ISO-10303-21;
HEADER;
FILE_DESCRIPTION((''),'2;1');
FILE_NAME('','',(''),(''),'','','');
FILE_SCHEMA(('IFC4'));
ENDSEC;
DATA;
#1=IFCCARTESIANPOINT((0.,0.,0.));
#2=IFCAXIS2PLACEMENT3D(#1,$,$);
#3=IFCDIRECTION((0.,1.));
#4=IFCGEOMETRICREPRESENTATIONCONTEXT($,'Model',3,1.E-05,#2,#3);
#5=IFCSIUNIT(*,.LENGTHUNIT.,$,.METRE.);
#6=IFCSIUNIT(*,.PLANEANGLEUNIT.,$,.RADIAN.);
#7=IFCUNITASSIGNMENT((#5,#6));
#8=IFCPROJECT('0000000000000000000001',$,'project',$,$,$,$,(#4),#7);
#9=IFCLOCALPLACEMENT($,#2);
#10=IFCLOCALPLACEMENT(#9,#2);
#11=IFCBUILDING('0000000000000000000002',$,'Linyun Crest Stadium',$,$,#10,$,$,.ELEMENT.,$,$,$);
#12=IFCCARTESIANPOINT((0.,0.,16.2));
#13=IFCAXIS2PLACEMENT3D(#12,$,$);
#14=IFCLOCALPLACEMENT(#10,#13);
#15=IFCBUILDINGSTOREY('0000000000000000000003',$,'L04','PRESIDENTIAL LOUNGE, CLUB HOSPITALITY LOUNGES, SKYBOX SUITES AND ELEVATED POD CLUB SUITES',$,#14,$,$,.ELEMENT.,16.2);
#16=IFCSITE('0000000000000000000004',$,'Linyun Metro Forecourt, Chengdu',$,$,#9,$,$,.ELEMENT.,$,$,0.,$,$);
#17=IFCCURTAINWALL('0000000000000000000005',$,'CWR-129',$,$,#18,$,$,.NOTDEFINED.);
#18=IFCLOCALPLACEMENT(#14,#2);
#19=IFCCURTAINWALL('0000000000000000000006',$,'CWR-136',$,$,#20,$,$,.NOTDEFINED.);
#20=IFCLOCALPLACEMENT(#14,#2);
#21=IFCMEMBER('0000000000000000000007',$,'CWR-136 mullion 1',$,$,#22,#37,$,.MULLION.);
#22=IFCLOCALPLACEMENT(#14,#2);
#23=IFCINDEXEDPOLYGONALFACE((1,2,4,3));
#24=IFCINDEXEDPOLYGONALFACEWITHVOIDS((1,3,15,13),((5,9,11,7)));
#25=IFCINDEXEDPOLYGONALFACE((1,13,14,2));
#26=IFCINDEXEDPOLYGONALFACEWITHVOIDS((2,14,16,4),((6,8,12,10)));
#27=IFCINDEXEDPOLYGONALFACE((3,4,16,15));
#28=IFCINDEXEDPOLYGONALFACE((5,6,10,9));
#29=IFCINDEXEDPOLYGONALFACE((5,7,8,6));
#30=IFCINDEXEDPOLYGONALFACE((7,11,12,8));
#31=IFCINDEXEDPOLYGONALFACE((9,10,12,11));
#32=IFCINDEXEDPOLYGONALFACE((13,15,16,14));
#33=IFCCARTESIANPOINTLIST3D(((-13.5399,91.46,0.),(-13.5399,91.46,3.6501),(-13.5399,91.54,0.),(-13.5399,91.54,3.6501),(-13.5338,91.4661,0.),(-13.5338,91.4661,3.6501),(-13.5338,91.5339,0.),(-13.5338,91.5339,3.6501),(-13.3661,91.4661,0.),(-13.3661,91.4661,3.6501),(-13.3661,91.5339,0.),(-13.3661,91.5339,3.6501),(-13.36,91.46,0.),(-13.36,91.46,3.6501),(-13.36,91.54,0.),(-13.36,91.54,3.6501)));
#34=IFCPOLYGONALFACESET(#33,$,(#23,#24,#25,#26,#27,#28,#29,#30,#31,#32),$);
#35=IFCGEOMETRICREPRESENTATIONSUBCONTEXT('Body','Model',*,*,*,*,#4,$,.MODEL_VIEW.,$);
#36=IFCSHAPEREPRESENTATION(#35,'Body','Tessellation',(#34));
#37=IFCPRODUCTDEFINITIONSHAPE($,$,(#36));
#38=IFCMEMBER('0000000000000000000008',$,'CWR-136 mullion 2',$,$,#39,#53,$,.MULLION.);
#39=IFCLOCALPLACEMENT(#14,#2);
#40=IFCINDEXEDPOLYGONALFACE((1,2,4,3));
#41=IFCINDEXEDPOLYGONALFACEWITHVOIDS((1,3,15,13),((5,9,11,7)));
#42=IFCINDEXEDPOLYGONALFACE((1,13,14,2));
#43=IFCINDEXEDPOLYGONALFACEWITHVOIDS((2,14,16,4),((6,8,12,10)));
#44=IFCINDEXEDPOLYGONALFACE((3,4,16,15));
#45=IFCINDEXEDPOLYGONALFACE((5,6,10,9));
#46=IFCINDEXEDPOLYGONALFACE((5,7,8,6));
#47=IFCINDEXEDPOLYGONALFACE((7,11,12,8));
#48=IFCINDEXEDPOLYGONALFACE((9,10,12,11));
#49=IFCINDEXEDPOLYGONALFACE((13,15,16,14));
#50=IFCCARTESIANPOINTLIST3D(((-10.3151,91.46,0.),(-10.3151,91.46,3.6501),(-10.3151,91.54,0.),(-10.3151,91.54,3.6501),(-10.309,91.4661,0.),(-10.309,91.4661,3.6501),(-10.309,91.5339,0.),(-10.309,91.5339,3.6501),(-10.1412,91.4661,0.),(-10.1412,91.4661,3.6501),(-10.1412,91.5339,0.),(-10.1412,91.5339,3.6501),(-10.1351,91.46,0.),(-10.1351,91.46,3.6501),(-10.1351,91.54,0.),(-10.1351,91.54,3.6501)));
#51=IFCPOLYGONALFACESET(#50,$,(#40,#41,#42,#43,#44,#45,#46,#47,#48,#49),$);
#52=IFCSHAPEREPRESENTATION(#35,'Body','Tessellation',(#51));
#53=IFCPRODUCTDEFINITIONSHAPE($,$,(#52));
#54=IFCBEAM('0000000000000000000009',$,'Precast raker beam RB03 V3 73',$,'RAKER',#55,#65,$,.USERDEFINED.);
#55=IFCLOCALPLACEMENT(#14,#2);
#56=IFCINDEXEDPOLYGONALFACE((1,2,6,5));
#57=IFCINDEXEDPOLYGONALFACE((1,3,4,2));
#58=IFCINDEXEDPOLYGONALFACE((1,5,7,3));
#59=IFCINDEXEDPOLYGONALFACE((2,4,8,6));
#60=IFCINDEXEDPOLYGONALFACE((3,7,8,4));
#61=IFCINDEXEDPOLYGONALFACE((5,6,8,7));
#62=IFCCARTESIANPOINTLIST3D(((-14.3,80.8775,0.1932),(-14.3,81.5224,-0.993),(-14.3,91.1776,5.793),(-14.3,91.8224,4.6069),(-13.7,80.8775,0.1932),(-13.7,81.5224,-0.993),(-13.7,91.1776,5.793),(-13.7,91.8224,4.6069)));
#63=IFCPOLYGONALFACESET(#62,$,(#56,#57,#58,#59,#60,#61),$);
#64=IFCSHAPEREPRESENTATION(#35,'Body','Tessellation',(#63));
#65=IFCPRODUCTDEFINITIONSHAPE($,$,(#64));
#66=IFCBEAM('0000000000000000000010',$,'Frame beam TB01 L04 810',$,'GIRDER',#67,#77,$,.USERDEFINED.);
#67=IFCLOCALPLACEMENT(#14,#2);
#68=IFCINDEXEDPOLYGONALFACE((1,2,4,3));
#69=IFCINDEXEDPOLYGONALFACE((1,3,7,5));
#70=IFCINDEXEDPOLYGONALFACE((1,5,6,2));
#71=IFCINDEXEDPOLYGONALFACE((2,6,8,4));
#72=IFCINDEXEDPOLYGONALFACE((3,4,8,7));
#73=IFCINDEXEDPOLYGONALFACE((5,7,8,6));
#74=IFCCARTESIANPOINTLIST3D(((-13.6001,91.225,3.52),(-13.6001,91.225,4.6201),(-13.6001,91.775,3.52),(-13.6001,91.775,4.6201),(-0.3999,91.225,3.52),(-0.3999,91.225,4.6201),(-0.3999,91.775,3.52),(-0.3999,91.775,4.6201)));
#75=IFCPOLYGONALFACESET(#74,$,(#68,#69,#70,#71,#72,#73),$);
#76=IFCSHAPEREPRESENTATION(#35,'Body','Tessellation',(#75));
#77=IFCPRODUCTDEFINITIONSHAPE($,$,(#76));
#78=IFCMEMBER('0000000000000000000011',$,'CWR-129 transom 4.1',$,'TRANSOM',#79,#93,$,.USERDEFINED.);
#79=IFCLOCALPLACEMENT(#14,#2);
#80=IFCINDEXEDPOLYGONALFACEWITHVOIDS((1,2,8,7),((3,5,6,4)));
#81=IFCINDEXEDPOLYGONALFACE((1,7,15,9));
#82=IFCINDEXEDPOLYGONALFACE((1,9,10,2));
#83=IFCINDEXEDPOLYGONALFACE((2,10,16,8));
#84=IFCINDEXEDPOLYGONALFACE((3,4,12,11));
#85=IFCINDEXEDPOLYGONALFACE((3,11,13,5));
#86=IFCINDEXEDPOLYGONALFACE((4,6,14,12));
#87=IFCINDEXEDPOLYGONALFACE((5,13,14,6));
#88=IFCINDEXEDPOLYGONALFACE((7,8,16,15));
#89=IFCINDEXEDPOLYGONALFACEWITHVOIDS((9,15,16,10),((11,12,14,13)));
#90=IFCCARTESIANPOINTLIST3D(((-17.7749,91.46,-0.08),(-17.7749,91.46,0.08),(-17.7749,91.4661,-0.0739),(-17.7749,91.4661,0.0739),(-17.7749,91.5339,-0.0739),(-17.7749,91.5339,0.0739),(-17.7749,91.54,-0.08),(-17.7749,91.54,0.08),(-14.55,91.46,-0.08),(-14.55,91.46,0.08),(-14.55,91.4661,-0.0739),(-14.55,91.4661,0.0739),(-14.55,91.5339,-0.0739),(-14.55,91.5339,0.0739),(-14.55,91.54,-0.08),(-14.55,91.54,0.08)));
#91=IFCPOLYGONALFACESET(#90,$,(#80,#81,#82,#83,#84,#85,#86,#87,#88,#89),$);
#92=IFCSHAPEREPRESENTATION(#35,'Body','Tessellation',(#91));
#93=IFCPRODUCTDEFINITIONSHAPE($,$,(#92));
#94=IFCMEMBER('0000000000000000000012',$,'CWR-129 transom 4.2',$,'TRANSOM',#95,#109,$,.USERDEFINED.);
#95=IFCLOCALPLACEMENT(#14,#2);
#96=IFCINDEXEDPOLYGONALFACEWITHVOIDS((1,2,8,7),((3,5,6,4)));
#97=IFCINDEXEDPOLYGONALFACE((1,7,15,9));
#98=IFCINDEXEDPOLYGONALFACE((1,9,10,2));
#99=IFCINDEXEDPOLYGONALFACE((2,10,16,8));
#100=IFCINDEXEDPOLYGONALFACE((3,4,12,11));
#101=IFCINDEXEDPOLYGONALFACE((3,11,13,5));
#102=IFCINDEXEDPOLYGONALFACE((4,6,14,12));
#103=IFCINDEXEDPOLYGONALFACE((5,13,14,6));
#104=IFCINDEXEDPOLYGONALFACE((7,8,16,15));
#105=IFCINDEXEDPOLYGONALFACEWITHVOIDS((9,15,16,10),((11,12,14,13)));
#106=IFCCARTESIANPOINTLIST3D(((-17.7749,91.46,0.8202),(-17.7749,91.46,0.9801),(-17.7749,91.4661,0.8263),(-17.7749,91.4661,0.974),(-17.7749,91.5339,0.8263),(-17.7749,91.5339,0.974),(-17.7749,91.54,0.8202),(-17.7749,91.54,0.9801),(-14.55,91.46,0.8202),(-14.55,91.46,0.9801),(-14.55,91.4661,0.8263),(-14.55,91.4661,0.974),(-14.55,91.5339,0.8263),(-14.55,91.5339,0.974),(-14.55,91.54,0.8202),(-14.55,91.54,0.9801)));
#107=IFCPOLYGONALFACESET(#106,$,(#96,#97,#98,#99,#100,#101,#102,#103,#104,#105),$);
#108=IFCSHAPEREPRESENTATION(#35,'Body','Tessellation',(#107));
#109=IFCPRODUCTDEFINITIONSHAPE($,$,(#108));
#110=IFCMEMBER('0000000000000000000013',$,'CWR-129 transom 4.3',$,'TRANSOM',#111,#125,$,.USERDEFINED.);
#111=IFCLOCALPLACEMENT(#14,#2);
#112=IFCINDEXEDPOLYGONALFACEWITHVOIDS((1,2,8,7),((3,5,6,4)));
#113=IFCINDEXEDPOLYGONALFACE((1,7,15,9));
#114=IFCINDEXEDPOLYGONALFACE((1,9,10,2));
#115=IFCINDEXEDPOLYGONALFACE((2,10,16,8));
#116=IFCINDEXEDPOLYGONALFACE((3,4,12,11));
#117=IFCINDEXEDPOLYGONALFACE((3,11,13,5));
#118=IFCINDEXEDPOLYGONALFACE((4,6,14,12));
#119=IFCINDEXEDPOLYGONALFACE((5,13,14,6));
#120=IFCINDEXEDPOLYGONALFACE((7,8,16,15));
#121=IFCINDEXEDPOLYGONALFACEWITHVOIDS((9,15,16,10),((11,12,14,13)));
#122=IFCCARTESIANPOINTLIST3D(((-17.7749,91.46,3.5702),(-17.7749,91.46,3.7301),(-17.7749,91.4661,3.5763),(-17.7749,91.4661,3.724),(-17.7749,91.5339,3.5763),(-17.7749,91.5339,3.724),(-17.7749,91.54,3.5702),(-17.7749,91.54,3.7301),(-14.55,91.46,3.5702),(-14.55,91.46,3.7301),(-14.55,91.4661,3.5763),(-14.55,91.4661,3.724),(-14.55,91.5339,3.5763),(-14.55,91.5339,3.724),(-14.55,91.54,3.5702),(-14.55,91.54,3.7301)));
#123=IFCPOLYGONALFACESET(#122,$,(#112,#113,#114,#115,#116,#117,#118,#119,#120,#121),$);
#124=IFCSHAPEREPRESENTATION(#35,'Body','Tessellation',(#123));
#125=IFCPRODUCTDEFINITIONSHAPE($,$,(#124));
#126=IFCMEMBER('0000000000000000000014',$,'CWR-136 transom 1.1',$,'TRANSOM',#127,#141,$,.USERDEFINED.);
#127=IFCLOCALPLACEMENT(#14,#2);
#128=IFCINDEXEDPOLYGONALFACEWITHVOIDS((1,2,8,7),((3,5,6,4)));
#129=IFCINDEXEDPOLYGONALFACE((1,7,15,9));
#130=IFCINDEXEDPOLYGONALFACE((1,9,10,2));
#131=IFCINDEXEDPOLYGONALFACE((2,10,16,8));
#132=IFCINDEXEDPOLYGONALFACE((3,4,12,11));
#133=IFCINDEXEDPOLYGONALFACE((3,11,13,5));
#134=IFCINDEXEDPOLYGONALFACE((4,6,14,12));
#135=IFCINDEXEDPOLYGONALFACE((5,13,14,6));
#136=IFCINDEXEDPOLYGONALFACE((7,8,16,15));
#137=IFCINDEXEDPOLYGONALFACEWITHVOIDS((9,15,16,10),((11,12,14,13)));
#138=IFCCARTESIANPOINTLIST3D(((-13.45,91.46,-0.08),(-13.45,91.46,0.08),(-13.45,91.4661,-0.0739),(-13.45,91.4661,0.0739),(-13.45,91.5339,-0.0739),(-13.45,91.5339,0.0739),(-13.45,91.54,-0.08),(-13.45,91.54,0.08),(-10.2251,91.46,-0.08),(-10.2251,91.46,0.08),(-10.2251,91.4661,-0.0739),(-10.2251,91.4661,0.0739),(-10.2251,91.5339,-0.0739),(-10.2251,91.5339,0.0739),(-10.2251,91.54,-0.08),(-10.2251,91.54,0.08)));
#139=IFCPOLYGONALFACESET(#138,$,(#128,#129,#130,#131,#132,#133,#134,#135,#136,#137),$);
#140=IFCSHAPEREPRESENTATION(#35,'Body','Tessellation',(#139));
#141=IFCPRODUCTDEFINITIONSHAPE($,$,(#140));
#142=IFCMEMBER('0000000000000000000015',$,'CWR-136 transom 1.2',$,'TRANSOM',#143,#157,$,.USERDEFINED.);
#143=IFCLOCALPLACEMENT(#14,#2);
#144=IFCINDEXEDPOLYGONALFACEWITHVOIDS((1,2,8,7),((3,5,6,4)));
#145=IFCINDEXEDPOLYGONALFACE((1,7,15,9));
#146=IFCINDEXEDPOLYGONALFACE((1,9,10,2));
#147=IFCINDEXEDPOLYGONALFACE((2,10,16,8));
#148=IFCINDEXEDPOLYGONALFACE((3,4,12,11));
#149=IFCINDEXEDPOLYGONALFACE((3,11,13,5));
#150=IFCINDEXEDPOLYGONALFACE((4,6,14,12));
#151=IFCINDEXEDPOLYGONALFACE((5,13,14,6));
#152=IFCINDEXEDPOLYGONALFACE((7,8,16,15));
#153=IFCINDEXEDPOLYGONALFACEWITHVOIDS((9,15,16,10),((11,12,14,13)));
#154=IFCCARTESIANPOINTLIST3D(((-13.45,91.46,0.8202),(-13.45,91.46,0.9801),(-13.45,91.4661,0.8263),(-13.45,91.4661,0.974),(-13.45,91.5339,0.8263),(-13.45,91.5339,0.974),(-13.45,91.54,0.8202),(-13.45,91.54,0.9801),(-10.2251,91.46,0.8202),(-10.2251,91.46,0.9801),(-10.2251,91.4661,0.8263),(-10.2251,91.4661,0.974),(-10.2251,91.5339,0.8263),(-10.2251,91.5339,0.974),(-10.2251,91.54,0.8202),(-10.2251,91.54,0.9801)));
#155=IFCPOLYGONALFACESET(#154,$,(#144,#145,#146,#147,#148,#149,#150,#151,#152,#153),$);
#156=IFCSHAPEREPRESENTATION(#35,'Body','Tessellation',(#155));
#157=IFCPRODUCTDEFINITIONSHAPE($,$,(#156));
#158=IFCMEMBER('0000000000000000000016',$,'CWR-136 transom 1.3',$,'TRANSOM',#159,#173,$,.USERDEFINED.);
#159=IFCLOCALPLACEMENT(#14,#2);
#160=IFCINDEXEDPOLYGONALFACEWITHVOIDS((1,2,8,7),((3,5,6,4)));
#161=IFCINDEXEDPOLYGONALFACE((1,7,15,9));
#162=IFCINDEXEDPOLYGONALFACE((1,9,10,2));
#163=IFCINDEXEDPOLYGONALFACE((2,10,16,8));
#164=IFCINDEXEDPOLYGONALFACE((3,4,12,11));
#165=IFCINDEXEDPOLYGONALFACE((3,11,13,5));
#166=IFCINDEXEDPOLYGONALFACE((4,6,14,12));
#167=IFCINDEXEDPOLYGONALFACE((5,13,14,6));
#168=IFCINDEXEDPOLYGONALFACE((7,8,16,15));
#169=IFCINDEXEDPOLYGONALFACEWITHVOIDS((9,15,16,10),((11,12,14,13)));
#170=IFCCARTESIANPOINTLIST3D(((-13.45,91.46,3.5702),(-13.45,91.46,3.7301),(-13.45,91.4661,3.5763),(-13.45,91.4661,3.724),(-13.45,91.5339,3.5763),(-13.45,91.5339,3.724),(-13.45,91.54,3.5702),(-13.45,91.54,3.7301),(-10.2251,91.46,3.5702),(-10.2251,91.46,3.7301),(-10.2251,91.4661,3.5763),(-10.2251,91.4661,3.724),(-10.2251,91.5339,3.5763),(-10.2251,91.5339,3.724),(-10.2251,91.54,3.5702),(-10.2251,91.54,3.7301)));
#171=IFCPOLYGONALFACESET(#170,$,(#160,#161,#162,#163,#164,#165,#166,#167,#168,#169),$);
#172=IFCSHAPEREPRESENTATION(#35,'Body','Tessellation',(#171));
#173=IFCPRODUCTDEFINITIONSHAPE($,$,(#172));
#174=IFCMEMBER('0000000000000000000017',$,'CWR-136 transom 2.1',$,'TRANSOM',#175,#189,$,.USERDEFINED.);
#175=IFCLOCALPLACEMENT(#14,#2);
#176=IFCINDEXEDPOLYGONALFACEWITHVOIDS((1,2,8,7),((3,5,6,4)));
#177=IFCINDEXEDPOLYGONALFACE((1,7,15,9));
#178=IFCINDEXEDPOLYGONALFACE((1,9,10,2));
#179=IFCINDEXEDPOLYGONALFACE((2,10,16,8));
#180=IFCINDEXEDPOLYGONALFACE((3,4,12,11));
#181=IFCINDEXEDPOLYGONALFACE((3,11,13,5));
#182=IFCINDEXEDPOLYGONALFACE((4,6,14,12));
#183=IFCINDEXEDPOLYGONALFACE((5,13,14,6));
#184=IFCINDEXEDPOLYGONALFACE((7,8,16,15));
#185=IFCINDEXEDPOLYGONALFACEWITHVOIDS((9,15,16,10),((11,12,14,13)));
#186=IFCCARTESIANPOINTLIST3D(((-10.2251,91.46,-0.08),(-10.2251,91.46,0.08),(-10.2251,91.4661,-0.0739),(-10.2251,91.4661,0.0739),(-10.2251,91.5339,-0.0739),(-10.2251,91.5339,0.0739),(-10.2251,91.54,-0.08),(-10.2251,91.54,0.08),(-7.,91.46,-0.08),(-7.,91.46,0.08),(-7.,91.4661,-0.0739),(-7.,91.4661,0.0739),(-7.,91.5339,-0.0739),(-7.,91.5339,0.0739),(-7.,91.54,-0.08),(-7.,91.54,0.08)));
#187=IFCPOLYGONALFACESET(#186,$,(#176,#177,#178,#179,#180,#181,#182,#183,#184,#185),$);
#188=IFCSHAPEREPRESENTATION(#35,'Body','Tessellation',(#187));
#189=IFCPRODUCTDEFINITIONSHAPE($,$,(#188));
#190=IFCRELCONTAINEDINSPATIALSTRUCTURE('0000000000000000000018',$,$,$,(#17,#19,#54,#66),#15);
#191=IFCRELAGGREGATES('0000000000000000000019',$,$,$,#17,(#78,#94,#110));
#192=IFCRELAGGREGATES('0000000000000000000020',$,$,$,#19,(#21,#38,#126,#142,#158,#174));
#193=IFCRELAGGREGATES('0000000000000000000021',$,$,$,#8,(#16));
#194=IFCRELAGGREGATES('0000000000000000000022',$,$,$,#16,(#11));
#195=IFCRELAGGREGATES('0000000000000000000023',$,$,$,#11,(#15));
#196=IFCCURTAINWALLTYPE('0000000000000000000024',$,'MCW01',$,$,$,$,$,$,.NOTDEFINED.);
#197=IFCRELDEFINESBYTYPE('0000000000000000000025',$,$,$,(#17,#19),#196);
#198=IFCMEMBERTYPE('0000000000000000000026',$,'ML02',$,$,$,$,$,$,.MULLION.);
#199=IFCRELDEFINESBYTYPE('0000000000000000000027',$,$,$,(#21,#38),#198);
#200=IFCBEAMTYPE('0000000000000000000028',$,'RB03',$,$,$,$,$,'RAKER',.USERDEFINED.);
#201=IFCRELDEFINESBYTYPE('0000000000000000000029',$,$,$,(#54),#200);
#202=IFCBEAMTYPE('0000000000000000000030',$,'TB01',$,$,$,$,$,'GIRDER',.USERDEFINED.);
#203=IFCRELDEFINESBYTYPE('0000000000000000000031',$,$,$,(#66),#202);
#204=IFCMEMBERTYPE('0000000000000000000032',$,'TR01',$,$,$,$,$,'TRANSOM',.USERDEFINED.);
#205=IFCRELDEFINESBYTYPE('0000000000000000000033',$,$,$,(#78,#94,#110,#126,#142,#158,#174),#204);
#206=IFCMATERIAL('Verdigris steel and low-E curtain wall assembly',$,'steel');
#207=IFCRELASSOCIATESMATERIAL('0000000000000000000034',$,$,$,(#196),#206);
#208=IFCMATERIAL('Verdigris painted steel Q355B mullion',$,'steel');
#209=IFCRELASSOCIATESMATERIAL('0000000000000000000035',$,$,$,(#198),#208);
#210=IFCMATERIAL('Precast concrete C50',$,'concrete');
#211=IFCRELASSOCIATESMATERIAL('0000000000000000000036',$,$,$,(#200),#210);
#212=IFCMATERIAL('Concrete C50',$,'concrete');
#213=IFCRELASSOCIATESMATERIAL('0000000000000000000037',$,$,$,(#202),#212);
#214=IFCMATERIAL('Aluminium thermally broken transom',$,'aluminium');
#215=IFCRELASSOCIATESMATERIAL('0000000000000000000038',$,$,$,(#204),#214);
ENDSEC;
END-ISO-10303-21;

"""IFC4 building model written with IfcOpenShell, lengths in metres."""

from ifc_helpers import new_model, si_unit, direction, frame, origin, origin_2d, place, context, subcontext, project, spatial, rectangle, hollow_rectangle, extrude, material, material_profile, profile_set, type_object, element, aggregate, save


model = new_model("IFC4")

# Units and contexts
model_context = context("Model", 3, precision=1e-05, world=origin(), true_north=direction((0.0, 1.0)))
body_context = subcontext(model_context, "Body", "Model", "MODEL_VIEW")
ifc_project = project(units=[si_unit("LENGTHUNIT", "METRE"), si_unit("PLANEANGLEUNIT", "RADIAN")], contexts=[model_context])

# Site, building, storey
site_placement = place(None, origin())
site = spatial("IfcSite", under=ifc_project, at=site_placement, Name="Linyun Metro Forecourt, Chengdu", CompositionType="ELEMENT", RefElevation=0.0)
building_placement = place(site_placement, origin())
building = spatial("IfcBuilding", under=site, at=building_placement, Name="Linyun Crest Stadium", CompositionType="ELEMENT")
storey_placement = place(building_placement, frame((0.0, 0.0, 16.2)))
storey = spatial("IfcBuildingStorey", under=building, at=storey_placement, Name="L04", Description="PRESIDENTIAL LOUNGE, CLUB HOSPITALITY LOUNGES, SKYBOX SUITES AND ELEVATED POD CLUB SUITES", CompositionType="ELEMENT", Elevation=16.2)

# Curtain walls, members
ifc_material_1 = material(Name="Verdigris steel and low-E curtain wall assembly", Category="steel")
curtain_wall_type = type_object("IfcCurtainWallType", Name="MCW01", PredefinedType="NOTDEFINED", material=ifc_material_1)
curtain_wall_1_placement = place(storey_placement, origin())
curtain_wall_1 = element("IfcCurtainWall", 1, at=curtain_wall_1_placement, inside=storey, type_object=curtain_wall_type, Name="CWR-129", PredefinedType="NOTDEFINED")
ifc_material_2 = material(Name="Verdigris painted steel Q355B mullion", Category="steel")
ifc_material_profile_1 = material_profile(ifc_material_2, hollow_rectangle(XDim=0.0801, YDim=0.1799, WallThickness=0.0061, at=origin_2d()), Name="RHS 180x80x6")
ifc_profile_set_1 = profile_set([ifc_material_profile_1], Name="Verdigris painted steel Q355B mullion")
member_type_1 = type_object("IfcMemberType", Name="ML02", PredefinedType="MULLION", material=ifc_profile_set_1)
curtain_wall_2_placement = place(storey_placement, origin())
curtain_wall_2 = element("IfcCurtainWall", 2, at=curtain_wall_2_placement, inside=storey, type_object=curtain_wall_type, Name="CWR-136", PredefinedType="NOTDEFINED")
member_1_placement = place(storey_placement, frame((-13.45, 91.5, 0.0), z_axis=(0.0, 0.0, 1.0), x_axis=(0.0, 1.0, 0.0)))
member_1 = element("IfcMember", 3, at=member_1_placement, type_object=member_type_1, Name="CWR-136 mullion 1", PredefinedType="MULLION", context=body_context, shape_type="SweptSolid", body=[
    extrude(hollow_rectangle(XDim=0.0801, YDim=0.1799, WallThickness=0.0061, at=origin_2d()), origin(), (0.0, 0.0, 1.0), 3.6501),
])
member_2_placement = place(storey_placement, frame((-10.2251, 91.5, 0.0), z_axis=(0.0, 0.0, 1.0), x_axis=(0.0, 1.0, 0.0)))
member_2 = element("IfcMember", 4, at=member_2_placement, type_object=member_type_1, Name="CWR-136 mullion 2", PredefinedType="MULLION", context=body_context, shape_type="SweptSolid", body=[
    extrude(hollow_rectangle(XDim=0.0801, YDim=0.1799, WallThickness=0.0061, at=origin_2d()), origin(), (0.0, 0.0, 1.0), 3.6501),
])

# Beams
ifc_material_3 = material(Name="Precast concrete C50", Category="concrete")
ifc_material_profile_2 = material_profile(ifc_material_3, rectangle(XDim=0.6001, YDim=1.3501, at=origin_2d()), Name="PCR 1350x600")
ifc_profile_set_2 = profile_set([ifc_material_profile_2], Name="Precast concrete C50")
beam_type_1 = type_object("IfcBeamType", Name="RB03", ElementType="RAKER", PredefinedType="USERDEFINED", material=ifc_profile_set_2)
beam_1_placement = place(storey_placement, frame((-14.0, 81.2, -0.3999), z_axis=(0.0, 0.878553, 0.477645), x_axis=(-1.0, 0.0, 0.0)))
element("IfcBeam", 5, at=beam_1_placement, inside=storey, type_object=beam_type_1, Name="Precast raker beam RB03 V3 73", ObjectType="RAKER", PredefinedType="USERDEFINED", context=body_context, shape_type="SweptSolid", body=[
    extrude(rectangle(XDim=0.6001, YDim=1.3501, at=origin_2d()), origin(), (0.0, 0.0, 1.0), 11.7239),
])
ifc_material_4 = material(Name="Concrete C50", Category="concrete")
ifc_material_profile_3 = material_profile(ifc_material_4, rectangle(XDim=0.55, YDim=1.1001, at=origin_2d()), Name="RCB 1100x550")
ifc_profile_set_3 = profile_set([ifc_material_profile_3], Name="Concrete C50")
beam_type_2 = type_object("IfcBeamType", Name="TB01", ElementType="GIRDER", PredefinedType="USERDEFINED", material=ifc_profile_set_3)
beam_2_placement = place(storey_placement, frame((-13.6001, 91.5, 4.0701), z_axis=(1.0, 0.0, 0.0), x_axis=(0.0, 1.0, 0.0)))
element("IfcBeam", 6, at=beam_2_placement, inside=storey, type_object=beam_type_2, Name="Frame beam TB01 L04 810", ObjectType="GIRDER", PredefinedType="USERDEFINED", context=body_context, shape_type="SweptSolid", body=[
    extrude(rectangle(XDim=0.55, YDim=1.1001, at=origin_2d()), origin(), (0.0, 0.0, 1.0), 13.2002),
])

# Members
ifc_material_5 = material(Name="Aluminium thermally broken transom", Category="aluminium")
ifc_material_profile_4 = material_profile(ifc_material_5, hollow_rectangle(XDim=0.0801, YDim=0.1599, WallThickness=0.0061, at=origin_2d()), Name="RHS 160x80x6")
ifc_profile_set_4 = profile_set([ifc_material_profile_4], Name="Aluminium thermally broken transom")
member_type_2 = type_object("IfcMemberType", Name="TR01", ElementType="TRANSOM", PredefinedType="USERDEFINED", material=ifc_profile_set_4)
member_3_placement = place(storey_placement, frame((-17.7749, 91.5, 0.0), z_axis=(1.0, 0.0, 0.0), x_axis=(0.0, 1.0, 0.0)))
member_3 = element("IfcMember", 7, at=member_3_placement, type_object=member_type_2, Name="CWR-129 transom 4.1", ObjectType="TRANSOM", PredefinedType="USERDEFINED", context=body_context, shape_type="SweptSolid", body=[
    extrude(hollow_rectangle(XDim=0.0801, YDim=0.1599, WallThickness=0.0061, at=origin_2d()), origin(), (0.0, 0.0, 1.0), 3.2249),
])
member_4_placement = place(storey_placement, frame((-17.7749, 91.5, 0.9001), z_axis=(1.0, 0.0, 0.0), x_axis=(0.0, 1.0, 0.0)))
member_4 = element("IfcMember", 8, at=member_4_placement, type_object=member_type_2, Name="CWR-129 transom 4.2", ObjectType="TRANSOM", PredefinedType="USERDEFINED", context=body_context, shape_type="SweptSolid", body=[
    extrude(hollow_rectangle(XDim=0.0801, YDim=0.1599, WallThickness=0.0061, at=origin_2d()), origin(), (0.0, 0.0, 1.0), 3.2249),
])
member_5_placement = place(storey_placement, frame((-17.7749, 91.5, 3.6501), z_axis=(1.0, 0.0, 0.0), x_axis=(0.0, 1.0, 0.0)))
member_5 = element("IfcMember", 9, at=member_5_placement, type_object=member_type_2, Name="CWR-129 transom 4.3", ObjectType="TRANSOM", PredefinedType="USERDEFINED", context=body_context, shape_type="SweptSolid", body=[
    extrude(hollow_rectangle(XDim=0.0801, YDim=0.1599, WallThickness=0.0061, at=origin_2d()), origin(), (0.0, 0.0, 1.0), 3.2249),
])
member_6_placement = place(storey_placement, frame((-13.45, 91.5, 0.0), z_axis=(1.0, 0.0, 0.0), x_axis=(0.0, 1.0, 0.0)))
member_6 = element("IfcMember", 10, at=member_6_placement, type_object=member_type_2, Name="CWR-136 transom 1.1", ObjectType="TRANSOM", PredefinedType="USERDEFINED", context=body_context, shape_type="SweptSolid", body=[
    extrude(hollow_rectangle(XDim=0.0801, YDim=0.1599, WallThickness=0.0061, at=origin_2d()), origin(), (0.0, 0.0, 1.0), 3.2249),
])
member_7_placement = place(storey_placement, frame((-13.45, 91.5, 0.9001), z_axis=(1.0, 0.0, 0.0), x_axis=(0.0, 1.0, 0.0)))
member_7 = element("IfcMember", 11, at=member_7_placement, type_object=member_type_2, Name="CWR-136 transom 1.2", ObjectType="TRANSOM", PredefinedType="USERDEFINED", context=body_context, shape_type="SweptSolid", body=[
    extrude(hollow_rectangle(XDim=0.0801, YDim=0.1599, WallThickness=0.0061, at=origin_2d()), origin(), (0.0, 0.0, 1.0), 3.2249),
])
member_8_placement = place(storey_placement, frame((-13.45, 91.5, 3.6501), z_axis=(1.0, 0.0, 0.0), x_axis=(0.0, 1.0, 0.0)))
member_8 = element("IfcMember", 12, at=member_8_placement, type_object=member_type_2, Name="CWR-136 transom 1.3", ObjectType="TRANSOM", PredefinedType="USERDEFINED", context=body_context, shape_type="SweptSolid", body=[
    extrude(hollow_rectangle(XDim=0.0801, YDim=0.1599, WallThickness=0.0061, at=origin_2d()), origin(), (0.0, 0.0, 1.0), 3.2249),
])
member_9_placement = place(storey_placement, frame((-10.2251, 91.5, 0.0), z_axis=(1.0, 0.0, 0.0), x_axis=(0.0, 1.0, 0.0)))
member_9 = element("IfcMember", 13, at=member_9_placement, type_object=member_type_2, Name="CWR-136 transom 2.1", ObjectType="TRANSOM", PredefinedType="USERDEFINED", context=body_context, shape_type="SweptSolid", body=[
    extrude(hollow_rectangle(XDim=0.0801, YDim=0.1599, WallThickness=0.0061, at=origin_2d()), origin(), (0.0, 0.0, 1.0), 3.2251),
])

aggregate(curtain_wall_1, [member_3, member_4, member_5])
aggregate(curtain_wall_2, [member_1, member_2, member_6, member_7, member_8, member_9])

save(model, "model.ifc")
